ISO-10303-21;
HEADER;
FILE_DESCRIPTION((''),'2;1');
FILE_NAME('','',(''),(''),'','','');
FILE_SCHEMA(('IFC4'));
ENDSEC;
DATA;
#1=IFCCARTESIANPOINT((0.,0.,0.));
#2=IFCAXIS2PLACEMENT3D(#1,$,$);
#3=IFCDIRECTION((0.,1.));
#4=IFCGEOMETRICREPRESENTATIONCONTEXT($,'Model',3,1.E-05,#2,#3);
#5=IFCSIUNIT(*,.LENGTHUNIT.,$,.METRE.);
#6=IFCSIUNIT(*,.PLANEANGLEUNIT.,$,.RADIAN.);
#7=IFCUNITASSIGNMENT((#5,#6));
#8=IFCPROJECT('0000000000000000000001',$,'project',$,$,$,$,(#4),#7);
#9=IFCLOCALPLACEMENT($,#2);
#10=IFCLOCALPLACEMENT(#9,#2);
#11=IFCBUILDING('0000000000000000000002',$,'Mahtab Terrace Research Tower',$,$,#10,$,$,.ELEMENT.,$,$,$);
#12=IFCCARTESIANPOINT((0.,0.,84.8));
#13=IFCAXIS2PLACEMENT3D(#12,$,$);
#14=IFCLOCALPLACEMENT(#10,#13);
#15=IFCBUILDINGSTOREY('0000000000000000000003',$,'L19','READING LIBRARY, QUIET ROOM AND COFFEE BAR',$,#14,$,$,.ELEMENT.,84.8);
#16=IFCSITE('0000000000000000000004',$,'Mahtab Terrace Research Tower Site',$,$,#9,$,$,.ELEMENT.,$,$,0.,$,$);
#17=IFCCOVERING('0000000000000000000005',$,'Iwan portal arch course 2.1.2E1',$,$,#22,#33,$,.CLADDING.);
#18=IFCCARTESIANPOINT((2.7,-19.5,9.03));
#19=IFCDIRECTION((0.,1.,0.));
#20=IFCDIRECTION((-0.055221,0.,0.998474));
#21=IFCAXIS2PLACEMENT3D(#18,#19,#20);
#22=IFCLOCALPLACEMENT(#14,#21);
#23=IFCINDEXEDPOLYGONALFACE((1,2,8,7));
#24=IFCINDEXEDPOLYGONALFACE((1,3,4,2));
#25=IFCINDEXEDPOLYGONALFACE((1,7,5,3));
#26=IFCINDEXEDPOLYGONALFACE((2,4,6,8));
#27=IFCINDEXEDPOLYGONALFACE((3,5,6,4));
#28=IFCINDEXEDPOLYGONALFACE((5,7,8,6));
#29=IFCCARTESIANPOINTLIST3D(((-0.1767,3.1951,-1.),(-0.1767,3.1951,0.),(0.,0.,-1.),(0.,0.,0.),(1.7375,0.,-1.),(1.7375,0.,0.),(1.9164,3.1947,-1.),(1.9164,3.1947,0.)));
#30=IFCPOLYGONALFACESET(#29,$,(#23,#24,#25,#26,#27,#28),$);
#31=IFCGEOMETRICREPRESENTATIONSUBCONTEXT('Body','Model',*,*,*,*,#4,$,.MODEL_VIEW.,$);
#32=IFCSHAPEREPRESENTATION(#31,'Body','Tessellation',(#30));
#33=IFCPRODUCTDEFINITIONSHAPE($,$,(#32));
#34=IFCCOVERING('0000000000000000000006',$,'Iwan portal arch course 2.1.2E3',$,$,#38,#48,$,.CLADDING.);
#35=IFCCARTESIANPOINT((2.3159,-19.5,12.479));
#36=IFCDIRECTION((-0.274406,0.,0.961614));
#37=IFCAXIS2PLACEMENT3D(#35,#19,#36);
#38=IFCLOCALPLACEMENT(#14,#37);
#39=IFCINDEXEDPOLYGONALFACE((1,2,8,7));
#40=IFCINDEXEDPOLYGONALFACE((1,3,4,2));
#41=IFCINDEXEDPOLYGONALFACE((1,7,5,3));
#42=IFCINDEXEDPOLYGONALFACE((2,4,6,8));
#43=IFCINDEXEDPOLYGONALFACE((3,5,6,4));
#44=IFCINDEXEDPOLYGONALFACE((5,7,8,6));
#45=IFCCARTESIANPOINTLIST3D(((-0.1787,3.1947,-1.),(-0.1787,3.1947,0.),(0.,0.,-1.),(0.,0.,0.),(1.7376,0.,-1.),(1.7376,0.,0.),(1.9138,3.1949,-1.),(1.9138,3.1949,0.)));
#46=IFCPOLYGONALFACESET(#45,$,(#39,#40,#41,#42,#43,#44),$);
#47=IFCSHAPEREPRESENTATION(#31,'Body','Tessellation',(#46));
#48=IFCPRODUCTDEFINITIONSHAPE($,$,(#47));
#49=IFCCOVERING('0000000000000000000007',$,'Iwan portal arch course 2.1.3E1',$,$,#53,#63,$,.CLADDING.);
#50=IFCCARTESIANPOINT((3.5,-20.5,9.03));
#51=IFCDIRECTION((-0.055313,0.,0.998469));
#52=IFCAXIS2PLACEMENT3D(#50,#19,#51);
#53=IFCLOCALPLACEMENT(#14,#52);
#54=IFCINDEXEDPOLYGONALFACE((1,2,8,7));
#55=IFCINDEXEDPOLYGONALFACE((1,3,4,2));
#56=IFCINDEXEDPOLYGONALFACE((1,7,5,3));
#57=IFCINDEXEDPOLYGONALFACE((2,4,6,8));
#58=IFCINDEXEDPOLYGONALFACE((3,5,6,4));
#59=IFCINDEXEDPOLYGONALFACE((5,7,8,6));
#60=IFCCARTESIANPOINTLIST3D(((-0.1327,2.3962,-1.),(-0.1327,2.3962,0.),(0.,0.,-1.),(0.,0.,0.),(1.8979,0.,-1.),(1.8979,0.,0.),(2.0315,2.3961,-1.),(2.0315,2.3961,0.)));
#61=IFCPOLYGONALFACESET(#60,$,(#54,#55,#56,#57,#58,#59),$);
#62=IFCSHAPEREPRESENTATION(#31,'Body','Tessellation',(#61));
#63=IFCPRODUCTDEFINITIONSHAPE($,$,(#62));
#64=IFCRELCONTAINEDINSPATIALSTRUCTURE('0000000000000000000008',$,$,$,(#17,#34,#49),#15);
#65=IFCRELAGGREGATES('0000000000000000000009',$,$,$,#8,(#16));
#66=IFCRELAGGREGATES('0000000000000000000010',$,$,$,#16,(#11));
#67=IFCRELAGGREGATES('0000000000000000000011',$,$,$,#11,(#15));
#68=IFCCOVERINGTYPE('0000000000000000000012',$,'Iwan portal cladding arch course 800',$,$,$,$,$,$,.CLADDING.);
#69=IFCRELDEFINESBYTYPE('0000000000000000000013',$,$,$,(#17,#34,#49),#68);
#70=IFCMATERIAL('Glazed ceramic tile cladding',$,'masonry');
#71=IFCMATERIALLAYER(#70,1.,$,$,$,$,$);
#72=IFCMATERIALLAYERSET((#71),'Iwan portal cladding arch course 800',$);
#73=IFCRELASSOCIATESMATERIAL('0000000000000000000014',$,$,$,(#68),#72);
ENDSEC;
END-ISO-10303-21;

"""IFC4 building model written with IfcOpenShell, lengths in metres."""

from ifc_helpers import new_model, si_unit, direction, frame, origin, place, context, subcontext, project, spatial, polyline, outline, extrude, material, layer, layer_set, type_object, element, save


model = new_model("IFC4")

# Units and contexts
model_context = context("Model", 3, precision=1e-05, world=origin(), true_north=direction((0.0, 1.0)))
body_context = subcontext(model_context, "Body", "Model", "MODEL_VIEW")
ifc_project = project(units=[si_unit("LENGTHUNIT", "METRE"), si_unit("PLANEANGLEUNIT", "RADIAN")], contexts=[model_context])

# Site, building, storey
site_placement = place(None, origin())
site = spatial("IfcSite", under=ifc_project, at=site_placement, Name="Mahtab Terrace Research Tower Site", CompositionType="ELEMENT", RefElevation=0.0)
building_placement = place(site_placement, origin())
building = spatial("IfcBuilding", under=site, at=building_placement, Name="Mahtab Terrace Research Tower", CompositionType="ELEMENT")
storey_placement = place(building_placement, frame((0.0, 0.0, 84.8)))
storey = spatial("IfcBuildingStorey", under=building, at=storey_placement, Name="L19", Description="READING LIBRARY, QUIET ROOM AND COFFEE BAR", CompositionType="ELEMENT", Elevation=84.8)

# Coverings
ifc_material_1 = material(Name="Glazed ceramic tile cladding", Category="masonry")
ifc_layer_1 = layer(ifc_material_1, 1.0)
ifc_layer_set_1 = layer_set([ifc_layer_1], Name="Iwan portal cladding arch course 800")
covering_type_1 = type_object("IfcCoveringType", Name="Iwan portal cladding arch course 800", PredefinedType="CLADDING", material=ifc_layer_set_1)
covering_1_placement = place(storey_placement, frame((2.7, -19.5, 9.03), z_axis=(0.0, 1.0, 0.0), x_axis=(-0.055221, 0.0, 0.998474)))
element("IfcCovering", 1, at=covering_1_placement, inside=storey, type_object=covering_type_1, Name="Iwan portal arch course 2.1.2E1", PredefinedType="CLADDING", context=body_context, shape_type="SweptSolid", body=[
    extrude(outline(polyline([(0.0, 0.0), (1.7375, 0.0), (1.9164, 3.1947), (-0.1767, 3.1951), (0.0, 0.0)])), origin(), (0.0, 0.0, -1.0), 1.0),
])
covering_2_placement = place(storey_placement, frame((2.3159, -19.5, 12.479), z_axis=(0.0, 1.0, 0.0), x_axis=(-0.274406, 0.0, 0.961614)))
element("IfcCovering", 2, at=covering_2_placement, inside=storey, type_object=covering_type_1, Name="Iwan portal arch course 2.1.2E3", PredefinedType="CLADDING", context=body_context, shape_type="SweptSolid", body=[
    extrude(outline(polyline([(0.0, 0.0), (1.7376, 0.0), (1.9138, 3.1949), (-0.1787, 3.1947), (0.0, 0.0)])), origin(), (0.0, 0.0, -1.0), 1.0),
])
covering_3_placement = place(storey_placement, frame((3.5, -20.5, 9.03), z_axis=(0.0, 1.0, 0.0), x_axis=(-0.055313, 0.0, 0.998469)))
element("IfcCovering", 3, at=covering_3_placement, inside=storey, type_object=covering_type_1, Name="Iwan portal arch course 2.1.3E1", PredefinedType="CLADDING", context=body_context, shape_type="SweptSolid", body=[
    extrude(outline(polyline([(0.0, 0.0), (1.8979, 0.0), (2.0315, 2.3961), (-0.1327, 2.3962), (0.0, 0.0)])), origin(), (0.0, 0.0, -1.0), 1.0),
])

save(model, "model.ifc")
